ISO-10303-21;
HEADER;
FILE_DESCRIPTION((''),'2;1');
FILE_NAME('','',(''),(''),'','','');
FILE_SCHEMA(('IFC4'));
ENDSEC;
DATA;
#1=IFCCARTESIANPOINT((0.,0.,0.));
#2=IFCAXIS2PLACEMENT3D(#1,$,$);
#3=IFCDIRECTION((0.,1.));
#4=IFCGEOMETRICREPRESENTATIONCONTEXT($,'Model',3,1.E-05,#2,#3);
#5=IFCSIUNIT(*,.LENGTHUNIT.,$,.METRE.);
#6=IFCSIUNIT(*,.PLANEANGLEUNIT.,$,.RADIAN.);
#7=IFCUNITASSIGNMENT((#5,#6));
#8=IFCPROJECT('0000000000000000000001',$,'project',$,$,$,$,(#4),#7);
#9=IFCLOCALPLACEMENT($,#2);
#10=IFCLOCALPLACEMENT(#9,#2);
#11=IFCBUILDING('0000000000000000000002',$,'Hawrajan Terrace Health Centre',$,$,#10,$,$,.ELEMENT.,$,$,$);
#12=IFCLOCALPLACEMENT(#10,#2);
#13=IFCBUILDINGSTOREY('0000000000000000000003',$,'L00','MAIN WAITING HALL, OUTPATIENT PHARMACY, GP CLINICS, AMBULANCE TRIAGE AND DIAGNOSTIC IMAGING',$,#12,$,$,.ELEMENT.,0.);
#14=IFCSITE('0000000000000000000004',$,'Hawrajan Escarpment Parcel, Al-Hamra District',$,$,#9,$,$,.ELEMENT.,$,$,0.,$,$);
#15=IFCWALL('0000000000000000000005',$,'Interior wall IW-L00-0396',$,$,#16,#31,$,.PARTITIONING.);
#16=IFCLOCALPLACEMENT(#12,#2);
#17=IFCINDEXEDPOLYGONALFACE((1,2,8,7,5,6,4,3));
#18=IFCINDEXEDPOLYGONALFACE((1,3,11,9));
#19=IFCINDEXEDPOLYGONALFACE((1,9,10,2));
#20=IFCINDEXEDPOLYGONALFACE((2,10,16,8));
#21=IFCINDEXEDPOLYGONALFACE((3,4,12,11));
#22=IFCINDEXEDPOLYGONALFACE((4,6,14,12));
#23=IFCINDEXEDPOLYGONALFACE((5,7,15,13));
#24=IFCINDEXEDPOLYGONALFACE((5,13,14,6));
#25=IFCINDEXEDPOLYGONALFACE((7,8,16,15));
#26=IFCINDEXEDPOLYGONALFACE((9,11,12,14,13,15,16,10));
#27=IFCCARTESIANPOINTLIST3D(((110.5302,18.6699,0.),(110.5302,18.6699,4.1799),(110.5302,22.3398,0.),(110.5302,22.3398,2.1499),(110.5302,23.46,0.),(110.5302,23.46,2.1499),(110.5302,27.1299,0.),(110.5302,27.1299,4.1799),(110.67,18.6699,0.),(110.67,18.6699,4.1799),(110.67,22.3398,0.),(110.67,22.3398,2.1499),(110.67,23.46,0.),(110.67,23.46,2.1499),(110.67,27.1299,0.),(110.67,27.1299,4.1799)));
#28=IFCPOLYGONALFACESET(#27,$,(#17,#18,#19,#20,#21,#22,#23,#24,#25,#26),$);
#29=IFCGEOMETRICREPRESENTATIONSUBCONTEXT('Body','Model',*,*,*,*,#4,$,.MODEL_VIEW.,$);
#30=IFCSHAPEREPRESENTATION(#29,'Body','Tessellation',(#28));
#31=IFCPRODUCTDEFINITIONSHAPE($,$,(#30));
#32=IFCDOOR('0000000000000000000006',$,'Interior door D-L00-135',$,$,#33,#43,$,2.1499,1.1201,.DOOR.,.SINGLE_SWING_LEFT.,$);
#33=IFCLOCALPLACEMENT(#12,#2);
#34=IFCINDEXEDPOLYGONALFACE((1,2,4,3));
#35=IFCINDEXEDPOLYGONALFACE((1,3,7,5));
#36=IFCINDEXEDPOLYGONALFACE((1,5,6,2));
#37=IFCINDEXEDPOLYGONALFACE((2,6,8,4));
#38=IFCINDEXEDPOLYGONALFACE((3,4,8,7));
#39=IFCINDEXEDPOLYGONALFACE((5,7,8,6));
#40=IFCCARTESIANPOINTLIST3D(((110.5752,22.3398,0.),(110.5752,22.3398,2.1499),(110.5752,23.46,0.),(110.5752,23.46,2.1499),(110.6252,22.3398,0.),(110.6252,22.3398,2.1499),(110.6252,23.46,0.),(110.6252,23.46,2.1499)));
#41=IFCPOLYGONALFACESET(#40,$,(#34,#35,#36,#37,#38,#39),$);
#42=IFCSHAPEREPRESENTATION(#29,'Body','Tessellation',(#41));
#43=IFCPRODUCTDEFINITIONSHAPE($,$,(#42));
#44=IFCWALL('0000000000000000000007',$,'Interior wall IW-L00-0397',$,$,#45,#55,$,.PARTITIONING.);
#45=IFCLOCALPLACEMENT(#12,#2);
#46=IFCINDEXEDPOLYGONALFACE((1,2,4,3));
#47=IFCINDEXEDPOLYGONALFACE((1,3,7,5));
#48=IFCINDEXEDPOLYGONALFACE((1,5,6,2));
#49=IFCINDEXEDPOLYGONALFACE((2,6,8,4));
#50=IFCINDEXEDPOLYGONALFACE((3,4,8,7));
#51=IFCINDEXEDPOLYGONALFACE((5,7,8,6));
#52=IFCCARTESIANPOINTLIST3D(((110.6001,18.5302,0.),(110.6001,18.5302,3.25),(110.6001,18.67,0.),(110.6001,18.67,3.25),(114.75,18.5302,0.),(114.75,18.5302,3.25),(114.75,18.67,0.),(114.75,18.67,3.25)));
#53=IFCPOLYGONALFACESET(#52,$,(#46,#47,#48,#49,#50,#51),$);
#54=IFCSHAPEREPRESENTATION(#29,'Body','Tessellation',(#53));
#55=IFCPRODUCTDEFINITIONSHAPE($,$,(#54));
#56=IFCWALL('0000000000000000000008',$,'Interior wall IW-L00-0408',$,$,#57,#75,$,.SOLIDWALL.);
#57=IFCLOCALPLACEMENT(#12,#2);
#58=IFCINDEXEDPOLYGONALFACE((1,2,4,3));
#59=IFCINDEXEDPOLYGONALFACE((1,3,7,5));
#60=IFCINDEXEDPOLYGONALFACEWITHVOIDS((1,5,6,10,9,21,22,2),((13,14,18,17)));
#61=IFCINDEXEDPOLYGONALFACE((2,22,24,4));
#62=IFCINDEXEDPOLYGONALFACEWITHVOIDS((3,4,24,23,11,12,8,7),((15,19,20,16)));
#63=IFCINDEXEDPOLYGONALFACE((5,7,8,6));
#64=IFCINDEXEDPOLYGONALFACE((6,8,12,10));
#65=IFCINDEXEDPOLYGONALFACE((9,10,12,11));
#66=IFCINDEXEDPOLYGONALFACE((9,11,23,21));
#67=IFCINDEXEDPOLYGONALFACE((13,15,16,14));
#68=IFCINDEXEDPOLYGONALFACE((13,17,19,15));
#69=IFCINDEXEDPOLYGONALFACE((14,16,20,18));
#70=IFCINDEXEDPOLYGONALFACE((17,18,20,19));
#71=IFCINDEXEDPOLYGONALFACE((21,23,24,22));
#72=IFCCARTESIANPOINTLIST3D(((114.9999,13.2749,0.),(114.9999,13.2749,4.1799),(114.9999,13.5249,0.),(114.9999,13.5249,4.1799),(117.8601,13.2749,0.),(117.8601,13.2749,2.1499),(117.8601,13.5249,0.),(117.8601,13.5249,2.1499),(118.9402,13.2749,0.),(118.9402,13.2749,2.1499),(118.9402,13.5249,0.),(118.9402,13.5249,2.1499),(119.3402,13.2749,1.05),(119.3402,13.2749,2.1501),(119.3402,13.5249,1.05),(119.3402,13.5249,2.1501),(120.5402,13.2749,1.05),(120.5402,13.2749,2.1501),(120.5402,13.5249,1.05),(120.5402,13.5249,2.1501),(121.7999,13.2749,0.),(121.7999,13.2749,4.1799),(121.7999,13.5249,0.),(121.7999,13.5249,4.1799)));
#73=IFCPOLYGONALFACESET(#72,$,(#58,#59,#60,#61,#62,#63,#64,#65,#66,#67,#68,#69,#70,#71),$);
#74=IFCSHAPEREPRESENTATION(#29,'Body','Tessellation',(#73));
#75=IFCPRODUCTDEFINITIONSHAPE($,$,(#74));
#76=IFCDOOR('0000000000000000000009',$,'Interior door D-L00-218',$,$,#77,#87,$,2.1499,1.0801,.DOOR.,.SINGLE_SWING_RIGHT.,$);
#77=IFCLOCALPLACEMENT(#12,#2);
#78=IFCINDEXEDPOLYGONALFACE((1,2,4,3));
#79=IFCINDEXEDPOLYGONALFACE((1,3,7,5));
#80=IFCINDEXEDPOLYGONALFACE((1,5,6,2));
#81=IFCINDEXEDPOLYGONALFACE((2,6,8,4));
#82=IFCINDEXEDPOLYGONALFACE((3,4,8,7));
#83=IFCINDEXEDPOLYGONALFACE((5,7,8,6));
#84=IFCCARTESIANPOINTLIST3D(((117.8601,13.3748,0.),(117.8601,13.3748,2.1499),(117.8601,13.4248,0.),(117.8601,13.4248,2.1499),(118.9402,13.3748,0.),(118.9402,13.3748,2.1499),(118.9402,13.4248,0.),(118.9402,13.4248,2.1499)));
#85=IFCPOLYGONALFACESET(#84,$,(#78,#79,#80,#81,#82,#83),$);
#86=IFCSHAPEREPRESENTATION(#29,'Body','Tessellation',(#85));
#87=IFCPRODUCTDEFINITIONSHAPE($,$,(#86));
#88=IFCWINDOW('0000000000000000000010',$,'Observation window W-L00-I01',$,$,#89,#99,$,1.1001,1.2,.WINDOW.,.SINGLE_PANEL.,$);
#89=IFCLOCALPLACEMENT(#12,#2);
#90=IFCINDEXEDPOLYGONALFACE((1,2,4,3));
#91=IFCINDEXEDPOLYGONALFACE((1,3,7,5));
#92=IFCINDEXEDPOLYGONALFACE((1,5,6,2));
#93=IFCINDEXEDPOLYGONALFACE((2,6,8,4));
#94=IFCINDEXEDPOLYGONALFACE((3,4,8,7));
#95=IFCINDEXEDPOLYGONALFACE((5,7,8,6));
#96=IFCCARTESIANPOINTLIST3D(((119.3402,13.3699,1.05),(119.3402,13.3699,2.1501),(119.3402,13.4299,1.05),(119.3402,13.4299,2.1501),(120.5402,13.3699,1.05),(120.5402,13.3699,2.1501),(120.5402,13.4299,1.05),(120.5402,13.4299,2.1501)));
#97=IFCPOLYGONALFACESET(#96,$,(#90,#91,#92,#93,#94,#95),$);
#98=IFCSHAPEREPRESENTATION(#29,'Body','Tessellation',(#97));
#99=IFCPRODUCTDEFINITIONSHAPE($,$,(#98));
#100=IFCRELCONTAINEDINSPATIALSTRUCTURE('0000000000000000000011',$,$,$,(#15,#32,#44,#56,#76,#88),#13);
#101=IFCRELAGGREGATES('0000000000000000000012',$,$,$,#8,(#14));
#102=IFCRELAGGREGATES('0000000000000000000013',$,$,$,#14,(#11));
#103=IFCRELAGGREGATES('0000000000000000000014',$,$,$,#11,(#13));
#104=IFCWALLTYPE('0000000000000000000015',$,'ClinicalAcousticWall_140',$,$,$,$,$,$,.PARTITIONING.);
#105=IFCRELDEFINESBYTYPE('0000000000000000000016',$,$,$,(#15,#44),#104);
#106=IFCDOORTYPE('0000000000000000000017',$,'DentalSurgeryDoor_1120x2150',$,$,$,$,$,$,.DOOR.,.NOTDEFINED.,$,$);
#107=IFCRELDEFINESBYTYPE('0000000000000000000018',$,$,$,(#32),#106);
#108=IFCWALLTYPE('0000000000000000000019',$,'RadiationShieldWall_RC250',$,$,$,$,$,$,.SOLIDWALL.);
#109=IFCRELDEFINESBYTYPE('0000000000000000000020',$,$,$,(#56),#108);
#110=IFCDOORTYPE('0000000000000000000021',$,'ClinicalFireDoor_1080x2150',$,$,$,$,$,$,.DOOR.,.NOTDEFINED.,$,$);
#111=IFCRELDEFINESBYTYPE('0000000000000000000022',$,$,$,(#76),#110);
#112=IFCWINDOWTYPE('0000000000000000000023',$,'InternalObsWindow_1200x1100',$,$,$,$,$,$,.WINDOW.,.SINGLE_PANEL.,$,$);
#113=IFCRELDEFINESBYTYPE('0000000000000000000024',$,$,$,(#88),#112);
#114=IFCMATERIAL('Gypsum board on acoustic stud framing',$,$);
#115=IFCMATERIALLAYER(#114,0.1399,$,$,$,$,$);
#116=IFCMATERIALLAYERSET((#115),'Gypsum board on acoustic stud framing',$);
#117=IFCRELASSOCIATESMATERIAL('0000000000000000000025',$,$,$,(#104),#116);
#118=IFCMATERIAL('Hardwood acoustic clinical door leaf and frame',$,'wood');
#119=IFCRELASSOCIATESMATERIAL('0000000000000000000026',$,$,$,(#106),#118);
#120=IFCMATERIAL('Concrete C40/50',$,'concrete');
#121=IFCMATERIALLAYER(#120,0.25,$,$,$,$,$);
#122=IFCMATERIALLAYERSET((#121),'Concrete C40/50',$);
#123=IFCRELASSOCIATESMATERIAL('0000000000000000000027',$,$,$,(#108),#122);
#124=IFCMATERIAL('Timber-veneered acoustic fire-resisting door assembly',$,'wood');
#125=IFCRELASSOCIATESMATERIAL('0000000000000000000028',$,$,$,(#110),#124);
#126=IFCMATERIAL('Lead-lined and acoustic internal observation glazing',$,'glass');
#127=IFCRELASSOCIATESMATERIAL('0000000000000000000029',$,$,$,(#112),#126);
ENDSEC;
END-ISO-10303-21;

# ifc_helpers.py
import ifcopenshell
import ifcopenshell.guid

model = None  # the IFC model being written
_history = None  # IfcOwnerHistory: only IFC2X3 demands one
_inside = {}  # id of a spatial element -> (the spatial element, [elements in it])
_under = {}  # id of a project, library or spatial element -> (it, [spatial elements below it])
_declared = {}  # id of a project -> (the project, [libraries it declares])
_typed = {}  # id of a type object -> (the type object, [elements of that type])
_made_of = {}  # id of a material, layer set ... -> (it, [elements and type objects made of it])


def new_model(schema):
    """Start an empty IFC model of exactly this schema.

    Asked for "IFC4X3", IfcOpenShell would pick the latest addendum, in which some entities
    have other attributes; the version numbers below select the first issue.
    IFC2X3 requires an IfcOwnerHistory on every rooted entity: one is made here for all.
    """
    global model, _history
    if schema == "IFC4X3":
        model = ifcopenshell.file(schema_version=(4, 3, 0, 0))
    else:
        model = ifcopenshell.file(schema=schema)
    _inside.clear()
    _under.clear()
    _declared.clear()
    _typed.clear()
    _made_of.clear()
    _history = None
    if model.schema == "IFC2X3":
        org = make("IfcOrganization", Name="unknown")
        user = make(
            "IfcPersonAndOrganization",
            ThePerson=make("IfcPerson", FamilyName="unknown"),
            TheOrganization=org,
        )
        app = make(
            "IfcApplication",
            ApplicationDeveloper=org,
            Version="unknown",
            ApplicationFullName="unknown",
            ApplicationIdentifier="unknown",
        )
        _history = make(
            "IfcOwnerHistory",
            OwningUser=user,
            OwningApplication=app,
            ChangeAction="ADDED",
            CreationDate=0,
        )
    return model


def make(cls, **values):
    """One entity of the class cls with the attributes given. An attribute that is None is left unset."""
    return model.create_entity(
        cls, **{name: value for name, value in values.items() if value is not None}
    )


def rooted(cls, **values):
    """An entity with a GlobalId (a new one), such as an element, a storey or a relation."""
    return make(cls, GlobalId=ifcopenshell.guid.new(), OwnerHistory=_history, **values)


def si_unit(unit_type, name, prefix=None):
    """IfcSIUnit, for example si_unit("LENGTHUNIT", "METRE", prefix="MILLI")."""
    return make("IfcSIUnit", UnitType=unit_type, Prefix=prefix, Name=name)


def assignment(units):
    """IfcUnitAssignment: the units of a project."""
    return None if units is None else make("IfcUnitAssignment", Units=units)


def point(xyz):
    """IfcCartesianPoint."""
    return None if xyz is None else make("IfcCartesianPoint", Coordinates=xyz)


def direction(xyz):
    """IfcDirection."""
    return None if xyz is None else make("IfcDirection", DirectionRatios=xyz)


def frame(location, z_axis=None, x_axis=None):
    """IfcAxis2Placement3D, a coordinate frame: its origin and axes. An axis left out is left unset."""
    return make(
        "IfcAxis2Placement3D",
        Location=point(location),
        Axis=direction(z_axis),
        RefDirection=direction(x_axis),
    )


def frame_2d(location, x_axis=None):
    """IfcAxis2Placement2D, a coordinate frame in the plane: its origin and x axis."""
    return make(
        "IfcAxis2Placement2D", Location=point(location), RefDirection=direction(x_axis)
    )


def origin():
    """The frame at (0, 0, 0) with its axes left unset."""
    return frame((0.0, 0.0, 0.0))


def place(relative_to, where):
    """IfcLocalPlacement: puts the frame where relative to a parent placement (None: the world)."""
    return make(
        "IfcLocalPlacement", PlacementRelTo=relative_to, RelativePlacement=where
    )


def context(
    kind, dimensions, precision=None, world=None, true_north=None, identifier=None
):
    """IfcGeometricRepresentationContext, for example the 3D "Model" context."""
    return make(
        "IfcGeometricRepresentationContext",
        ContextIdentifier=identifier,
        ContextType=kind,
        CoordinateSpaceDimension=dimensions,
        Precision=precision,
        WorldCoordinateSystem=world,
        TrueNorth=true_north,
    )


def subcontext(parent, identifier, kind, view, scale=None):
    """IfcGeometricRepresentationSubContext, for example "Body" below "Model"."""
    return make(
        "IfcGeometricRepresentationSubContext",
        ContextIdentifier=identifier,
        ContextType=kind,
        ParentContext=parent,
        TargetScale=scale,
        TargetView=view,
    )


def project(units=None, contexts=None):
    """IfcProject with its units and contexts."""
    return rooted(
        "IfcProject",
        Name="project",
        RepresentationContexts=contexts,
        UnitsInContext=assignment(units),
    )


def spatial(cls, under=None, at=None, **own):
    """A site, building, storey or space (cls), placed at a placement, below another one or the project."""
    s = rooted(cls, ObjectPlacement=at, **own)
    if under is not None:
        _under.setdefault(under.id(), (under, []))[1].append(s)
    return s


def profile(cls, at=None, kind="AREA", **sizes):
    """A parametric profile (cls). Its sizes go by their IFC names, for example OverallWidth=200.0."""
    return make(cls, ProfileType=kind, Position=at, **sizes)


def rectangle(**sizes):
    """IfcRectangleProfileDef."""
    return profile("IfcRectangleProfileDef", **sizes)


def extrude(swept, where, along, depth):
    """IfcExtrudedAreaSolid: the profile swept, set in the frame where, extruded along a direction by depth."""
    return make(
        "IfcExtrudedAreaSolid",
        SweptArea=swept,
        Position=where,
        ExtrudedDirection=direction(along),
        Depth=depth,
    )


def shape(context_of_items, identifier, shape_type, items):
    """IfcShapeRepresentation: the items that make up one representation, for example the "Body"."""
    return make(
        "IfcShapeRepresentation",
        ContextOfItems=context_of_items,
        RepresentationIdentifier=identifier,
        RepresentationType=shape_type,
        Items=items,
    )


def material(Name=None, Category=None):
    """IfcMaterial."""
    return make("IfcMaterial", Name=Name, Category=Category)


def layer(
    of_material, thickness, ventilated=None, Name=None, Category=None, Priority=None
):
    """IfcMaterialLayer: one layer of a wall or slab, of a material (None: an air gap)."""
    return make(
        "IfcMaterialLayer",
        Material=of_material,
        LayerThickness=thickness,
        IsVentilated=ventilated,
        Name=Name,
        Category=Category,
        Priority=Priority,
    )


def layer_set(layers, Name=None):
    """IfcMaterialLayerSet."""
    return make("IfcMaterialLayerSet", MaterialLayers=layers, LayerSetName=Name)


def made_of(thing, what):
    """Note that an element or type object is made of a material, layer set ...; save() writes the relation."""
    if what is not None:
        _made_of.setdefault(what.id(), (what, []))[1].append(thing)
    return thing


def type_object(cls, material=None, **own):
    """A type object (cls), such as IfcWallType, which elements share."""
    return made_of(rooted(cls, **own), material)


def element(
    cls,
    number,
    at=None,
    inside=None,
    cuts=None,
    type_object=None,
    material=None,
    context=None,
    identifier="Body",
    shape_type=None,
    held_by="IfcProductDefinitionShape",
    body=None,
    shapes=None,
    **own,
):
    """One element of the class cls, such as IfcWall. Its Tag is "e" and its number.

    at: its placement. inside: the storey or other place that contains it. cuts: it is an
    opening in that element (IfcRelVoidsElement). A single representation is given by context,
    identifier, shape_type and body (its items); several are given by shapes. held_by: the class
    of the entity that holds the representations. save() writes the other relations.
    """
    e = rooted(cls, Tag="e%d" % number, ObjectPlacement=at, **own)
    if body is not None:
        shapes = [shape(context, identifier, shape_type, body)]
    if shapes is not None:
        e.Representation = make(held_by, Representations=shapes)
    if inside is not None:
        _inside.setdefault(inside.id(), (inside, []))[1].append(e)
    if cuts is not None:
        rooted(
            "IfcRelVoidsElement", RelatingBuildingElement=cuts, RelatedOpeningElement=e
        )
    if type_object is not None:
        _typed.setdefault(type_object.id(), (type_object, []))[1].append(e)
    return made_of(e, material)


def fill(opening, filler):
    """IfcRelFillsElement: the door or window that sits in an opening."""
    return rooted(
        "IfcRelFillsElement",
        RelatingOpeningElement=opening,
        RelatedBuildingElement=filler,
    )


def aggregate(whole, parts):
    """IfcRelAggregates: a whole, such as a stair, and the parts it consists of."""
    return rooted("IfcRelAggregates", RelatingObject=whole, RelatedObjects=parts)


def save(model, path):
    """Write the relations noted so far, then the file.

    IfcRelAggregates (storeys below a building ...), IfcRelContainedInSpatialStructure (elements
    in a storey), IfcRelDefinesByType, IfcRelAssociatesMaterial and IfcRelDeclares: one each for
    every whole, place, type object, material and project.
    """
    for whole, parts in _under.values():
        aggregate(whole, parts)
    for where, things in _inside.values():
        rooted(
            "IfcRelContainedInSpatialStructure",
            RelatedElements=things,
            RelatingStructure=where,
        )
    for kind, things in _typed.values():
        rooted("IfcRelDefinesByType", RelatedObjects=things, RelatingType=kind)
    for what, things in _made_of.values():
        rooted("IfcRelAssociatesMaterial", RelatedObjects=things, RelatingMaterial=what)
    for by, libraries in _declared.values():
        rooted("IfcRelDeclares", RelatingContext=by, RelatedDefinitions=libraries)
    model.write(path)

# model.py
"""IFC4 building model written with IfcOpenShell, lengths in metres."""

from ifc_helpers import new_model, si_unit, direction, frame, frame_2d, origin, place, context, subcontext, project, spatial, rectangle, extrude, material, layer, layer_set, type_object, element, fill, save


model = new_model("IFC4")

# Units and contexts
model_context = context("Model", 3, precision=1e-05, world=origin(), true_north=direction((0.0, 1.0)))
body_context = subcontext(model_context, "Body", "Model", "MODEL_VIEW")
ifc_project = project(units=[si_unit("LENGTHUNIT", "METRE"), si_unit("PLANEANGLEUNIT", "RADIAN")], contexts=[model_context])

# Site, building, storey
site_placement = place(None, origin())
site = spatial("IfcSite", under=ifc_project, at=site_placement, Name="Hawrajan Escarpment Parcel, Al-Hamra District", CompositionType="ELEMENT", RefElevation=0.0)
building_placement = place(site_placement, origin())
building = spatial("IfcBuilding", under=site, at=building_placement, Name="Hawrajan Terrace Health Centre", CompositionType="ELEMENT")
storey_placement = place(building_placement, origin())
storey = spatial("IfcBuildingStorey", under=building, at=storey_placement, Name="L00", Description="MAIN WAITING HALL, OUTPATIENT PHARMACY, GP CLINICS, AMBULANCE TRIAGE AND DIAGNOSTIC IMAGING", CompositionType="ELEMENT", Elevation=0.0)

# Shared definitions
ifc_material_1 = material(Name="Concrete C40/50", Category="concrete")

# Shared definitions
ifc_material_2 = material(Name="Gypsum board on acoustic stud framing")
ifc_layer_1 = layer(ifc_material_2, 0.1399)
ifc_layer_set_1 = layer_set([ifc_layer_1], Name="Gypsum board on acoustic stud framing")
wall_type_1 = type_object("IfcWallType", Name="ClinicalAcousticWall_140", PredefinedType="PARTITIONING", material=ifc_layer_set_1)

# Shared definitions
ifc_material_3 = material(Name="Hardwood acoustic clinical door leaf and frame", Category="wood")
door_type_1 = type_object("IfcDoorType", Name="DentalSurgeryDoor_1120x2150", OperationType="NOTDEFINED", PredefinedType="DOOR", material=ifc_material_3)

# Wall, opening, door
wall_1_placement = place(storey_placement, frame((110.6001, 18.6699, 0.0), z_axis=(0.0, 0.0, 1.0), x_axis=(0.0, 1.0, 0.0)))
wall_1 = element("IfcWall", 1, at=wall_1_placement, inside=storey, type_object=wall_type_1, Name="Interior wall IW-L00-0396", PredefinedType="PARTITIONING", context=body_context, shape_type="SweptSolid", body=[
    extrude(rectangle(XDim=8.46, YDim=0.1399, at=frame_2d((4.23, 0.0))), origin(), (0.0, 0.0, 1.0), 4.1799),
])
opening_1_placement = place(wall_1_placement, frame((3.6699, 0.0, 0.0)))
opening_1 = element("IfcOpeningElement", 2, at=opening_1_placement, cuts=wall_1, PredefinedType="OPENING", context=body_context, shape_type="SweptSolid", body=[
    extrude(rectangle(XDim=1.1201, YDim=2.1499, at=frame_2d((0.5601, 1.075))), frame((0.0, 0.0798, 0.0), z_axis=(0.0, -1.0, 0.0), x_axis=(1.0, 0.0, 0.0)), (0.0, 0.0, 1.0), 0.1599),
])
door_1_placement = place(opening_1_placement, origin())
door_1 = element("IfcDoor", 3, at=door_1_placement, inside=storey, type_object=door_type_1, Name="Interior door D-L00-135", OperationType="SINGLE_SWING_LEFT", OverallHeight=2.1499, OverallWidth=1.1201, PredefinedType="DOOR", context=body_context, shape_type="SweptSolid", body=[
    extrude(rectangle(XDim=1.1201, YDim=2.1499, at=frame_2d((0.5601, 1.075))), frame((0.0, 0.0249, 0.0), z_axis=(0.0, -1.0, 0.0), x_axis=(1.0, 0.0, 0.0)), (0.0, 0.0, 1.0), 0.05),
])
fill(opening_1, door_1)

# Wall
wall_2_placement = place(storey_placement, frame((110.6001, 18.6001, 0.0), z_axis=(0.0, 0.0, 1.0), x_axis=(1.0, 0.0, 0.0)))
element("IfcWall", 4, at=wall_2_placement, inside=storey, type_object=wall_type_1, Name="Interior wall IW-L00-0397", PredefinedType="PARTITIONING", context=body_context, shape_type="SweptSolid", body=[
    extrude(rectangle(XDim=4.1499, YDim=0.1399, at=frame_2d((2.075, 0.0))), origin(), (0.0, 0.0, 1.0), 3.25),
])
ifc_layer_2 = layer(ifc_material_1, 0.25)
ifc_layer_set_2 = layer_set([ifc_layer_2], Name="Concrete C40/50")
wall_type_2 = type_object("IfcWallType", Name="RadiationShieldWall_RC250", PredefinedType="SOLIDWALL", material=ifc_layer_set_2)

# Wall, openings, door, window
wall_3_placement = place(storey_placement, frame((115.0, 13.3999, 0.0), z_axis=(0.0, 0.0, 1.0), x_axis=(1.0, 0.0, 0.0)))
wall_3 = element("IfcWall", 5, at=wall_3_placement, inside=storey, type_object=wall_type_2, Name="Interior wall IW-L00-0408", PredefinedType="SOLIDWALL", context=body_context, shape_type="SweptSolid", body=[
    extrude(rectangle(XDim=6.8, YDim=0.25, at=frame_2d((3.3999, 0.0))), origin(), (0.0, 0.0, 1.0), 4.1799),
])
opening_2_placement = place(wall_3_placement, frame((2.8601, 0.0, 0.0)))
opening_2 = element("IfcOpeningElement", 6, at=opening_2_placement, cuts=wall_3, PredefinedType="OPENING", context=body_context, shape_type="SweptSolid", body=[
    extrude(rectangle(XDim=1.0801, YDim=2.1499, at=frame_2d((0.54, 1.075))), frame((0.0, 0.135, 0.0), z_axis=(0.0, -1.0, 0.0), x_axis=(1.0, 0.0, 0.0)), (0.0, 0.0, 1.0), 0.27),
])
opening_3_placement = place(wall_3_placement, frame((4.3401, 0.0, 1.05)))
opening_3 = element("IfcOpeningElement", 7, at=opening_3_placement, cuts=wall_3, PredefinedType="OPENING", context=body_context, shape_type="SweptSolid", body=[
    extrude(rectangle(XDim=1.2, YDim=1.1001, at=frame_2d((0.6001, 0.55))), frame((0.0, 0.135, 0.0), z_axis=(0.0, -1.0, 0.0), x_axis=(1.0, 0.0, 0.0)), (0.0, 0.0, 1.0), 0.27),
])
ifc_material_4 = material(Name="Timber-veneered acoustic fire-resisting door assembly", Category="wood")
door_type_2 = type_object("IfcDoorType", Name="ClinicalFireDoor_1080x2150", OperationType="NOTDEFINED", PredefinedType="DOOR", material=ifc_material_4)
door_2_placement = place(opening_2_placement, origin())
door_2 = element("IfcDoor", 8, at=door_2_placement, inside=storey, type_object=door_type_2, Name="Interior door D-L00-218", OperationType="SINGLE_SWING_RIGHT", OverallHeight=2.1499, OverallWidth=1.0801, PredefinedType="DOOR", context=body_context, shape_type="SweptSolid", body=[
    extrude(rectangle(XDim=1.0801, YDim=2.1499, at=frame_2d((0.54, 1.075))), frame((0.0, 0.0249, 0.0), z_axis=(0.0, -1.0, 0.0), x_axis=(1.0, 0.0, 0.0)), (0.0, 0.0, 1.0), 0.05),
])
fill(opening_2, door_2)
ifc_material_5 = material(Name="Lead-lined and acoustic internal observation glazing", Category="glass")
window_type = type_object("IfcWindowType", Name="InternalObsWindow_1200x1100", PartitioningType="SINGLE_PANEL", PredefinedType="WINDOW", material=ifc_material_5)
window_placement = place(opening_3_placement, origin())
window = element("IfcWindow", 9, at=window_placement, inside=storey, type_object=window_type, Name="Observation window W-L00-I01", OverallHeight=1.1001, OverallWidth=1.2, PartitioningType="SINGLE_PANEL", PredefinedType="WINDOW", context=body_context, shape_type="SweptSolid", body=[
    extrude(rectangle(XDim=1.2, YDim=1.1001, at=frame_2d((0.6001, 0.55))), frame((0.0, 0.03, 0.0), z_axis=(0.0, -1.0, 0.0), x_axis=(1.0, 0.0, 0.0)), (0.0, 0.0, 1.0), 0.0601),
])
fill(opening_3, window)

save(model, "model.ifc")
